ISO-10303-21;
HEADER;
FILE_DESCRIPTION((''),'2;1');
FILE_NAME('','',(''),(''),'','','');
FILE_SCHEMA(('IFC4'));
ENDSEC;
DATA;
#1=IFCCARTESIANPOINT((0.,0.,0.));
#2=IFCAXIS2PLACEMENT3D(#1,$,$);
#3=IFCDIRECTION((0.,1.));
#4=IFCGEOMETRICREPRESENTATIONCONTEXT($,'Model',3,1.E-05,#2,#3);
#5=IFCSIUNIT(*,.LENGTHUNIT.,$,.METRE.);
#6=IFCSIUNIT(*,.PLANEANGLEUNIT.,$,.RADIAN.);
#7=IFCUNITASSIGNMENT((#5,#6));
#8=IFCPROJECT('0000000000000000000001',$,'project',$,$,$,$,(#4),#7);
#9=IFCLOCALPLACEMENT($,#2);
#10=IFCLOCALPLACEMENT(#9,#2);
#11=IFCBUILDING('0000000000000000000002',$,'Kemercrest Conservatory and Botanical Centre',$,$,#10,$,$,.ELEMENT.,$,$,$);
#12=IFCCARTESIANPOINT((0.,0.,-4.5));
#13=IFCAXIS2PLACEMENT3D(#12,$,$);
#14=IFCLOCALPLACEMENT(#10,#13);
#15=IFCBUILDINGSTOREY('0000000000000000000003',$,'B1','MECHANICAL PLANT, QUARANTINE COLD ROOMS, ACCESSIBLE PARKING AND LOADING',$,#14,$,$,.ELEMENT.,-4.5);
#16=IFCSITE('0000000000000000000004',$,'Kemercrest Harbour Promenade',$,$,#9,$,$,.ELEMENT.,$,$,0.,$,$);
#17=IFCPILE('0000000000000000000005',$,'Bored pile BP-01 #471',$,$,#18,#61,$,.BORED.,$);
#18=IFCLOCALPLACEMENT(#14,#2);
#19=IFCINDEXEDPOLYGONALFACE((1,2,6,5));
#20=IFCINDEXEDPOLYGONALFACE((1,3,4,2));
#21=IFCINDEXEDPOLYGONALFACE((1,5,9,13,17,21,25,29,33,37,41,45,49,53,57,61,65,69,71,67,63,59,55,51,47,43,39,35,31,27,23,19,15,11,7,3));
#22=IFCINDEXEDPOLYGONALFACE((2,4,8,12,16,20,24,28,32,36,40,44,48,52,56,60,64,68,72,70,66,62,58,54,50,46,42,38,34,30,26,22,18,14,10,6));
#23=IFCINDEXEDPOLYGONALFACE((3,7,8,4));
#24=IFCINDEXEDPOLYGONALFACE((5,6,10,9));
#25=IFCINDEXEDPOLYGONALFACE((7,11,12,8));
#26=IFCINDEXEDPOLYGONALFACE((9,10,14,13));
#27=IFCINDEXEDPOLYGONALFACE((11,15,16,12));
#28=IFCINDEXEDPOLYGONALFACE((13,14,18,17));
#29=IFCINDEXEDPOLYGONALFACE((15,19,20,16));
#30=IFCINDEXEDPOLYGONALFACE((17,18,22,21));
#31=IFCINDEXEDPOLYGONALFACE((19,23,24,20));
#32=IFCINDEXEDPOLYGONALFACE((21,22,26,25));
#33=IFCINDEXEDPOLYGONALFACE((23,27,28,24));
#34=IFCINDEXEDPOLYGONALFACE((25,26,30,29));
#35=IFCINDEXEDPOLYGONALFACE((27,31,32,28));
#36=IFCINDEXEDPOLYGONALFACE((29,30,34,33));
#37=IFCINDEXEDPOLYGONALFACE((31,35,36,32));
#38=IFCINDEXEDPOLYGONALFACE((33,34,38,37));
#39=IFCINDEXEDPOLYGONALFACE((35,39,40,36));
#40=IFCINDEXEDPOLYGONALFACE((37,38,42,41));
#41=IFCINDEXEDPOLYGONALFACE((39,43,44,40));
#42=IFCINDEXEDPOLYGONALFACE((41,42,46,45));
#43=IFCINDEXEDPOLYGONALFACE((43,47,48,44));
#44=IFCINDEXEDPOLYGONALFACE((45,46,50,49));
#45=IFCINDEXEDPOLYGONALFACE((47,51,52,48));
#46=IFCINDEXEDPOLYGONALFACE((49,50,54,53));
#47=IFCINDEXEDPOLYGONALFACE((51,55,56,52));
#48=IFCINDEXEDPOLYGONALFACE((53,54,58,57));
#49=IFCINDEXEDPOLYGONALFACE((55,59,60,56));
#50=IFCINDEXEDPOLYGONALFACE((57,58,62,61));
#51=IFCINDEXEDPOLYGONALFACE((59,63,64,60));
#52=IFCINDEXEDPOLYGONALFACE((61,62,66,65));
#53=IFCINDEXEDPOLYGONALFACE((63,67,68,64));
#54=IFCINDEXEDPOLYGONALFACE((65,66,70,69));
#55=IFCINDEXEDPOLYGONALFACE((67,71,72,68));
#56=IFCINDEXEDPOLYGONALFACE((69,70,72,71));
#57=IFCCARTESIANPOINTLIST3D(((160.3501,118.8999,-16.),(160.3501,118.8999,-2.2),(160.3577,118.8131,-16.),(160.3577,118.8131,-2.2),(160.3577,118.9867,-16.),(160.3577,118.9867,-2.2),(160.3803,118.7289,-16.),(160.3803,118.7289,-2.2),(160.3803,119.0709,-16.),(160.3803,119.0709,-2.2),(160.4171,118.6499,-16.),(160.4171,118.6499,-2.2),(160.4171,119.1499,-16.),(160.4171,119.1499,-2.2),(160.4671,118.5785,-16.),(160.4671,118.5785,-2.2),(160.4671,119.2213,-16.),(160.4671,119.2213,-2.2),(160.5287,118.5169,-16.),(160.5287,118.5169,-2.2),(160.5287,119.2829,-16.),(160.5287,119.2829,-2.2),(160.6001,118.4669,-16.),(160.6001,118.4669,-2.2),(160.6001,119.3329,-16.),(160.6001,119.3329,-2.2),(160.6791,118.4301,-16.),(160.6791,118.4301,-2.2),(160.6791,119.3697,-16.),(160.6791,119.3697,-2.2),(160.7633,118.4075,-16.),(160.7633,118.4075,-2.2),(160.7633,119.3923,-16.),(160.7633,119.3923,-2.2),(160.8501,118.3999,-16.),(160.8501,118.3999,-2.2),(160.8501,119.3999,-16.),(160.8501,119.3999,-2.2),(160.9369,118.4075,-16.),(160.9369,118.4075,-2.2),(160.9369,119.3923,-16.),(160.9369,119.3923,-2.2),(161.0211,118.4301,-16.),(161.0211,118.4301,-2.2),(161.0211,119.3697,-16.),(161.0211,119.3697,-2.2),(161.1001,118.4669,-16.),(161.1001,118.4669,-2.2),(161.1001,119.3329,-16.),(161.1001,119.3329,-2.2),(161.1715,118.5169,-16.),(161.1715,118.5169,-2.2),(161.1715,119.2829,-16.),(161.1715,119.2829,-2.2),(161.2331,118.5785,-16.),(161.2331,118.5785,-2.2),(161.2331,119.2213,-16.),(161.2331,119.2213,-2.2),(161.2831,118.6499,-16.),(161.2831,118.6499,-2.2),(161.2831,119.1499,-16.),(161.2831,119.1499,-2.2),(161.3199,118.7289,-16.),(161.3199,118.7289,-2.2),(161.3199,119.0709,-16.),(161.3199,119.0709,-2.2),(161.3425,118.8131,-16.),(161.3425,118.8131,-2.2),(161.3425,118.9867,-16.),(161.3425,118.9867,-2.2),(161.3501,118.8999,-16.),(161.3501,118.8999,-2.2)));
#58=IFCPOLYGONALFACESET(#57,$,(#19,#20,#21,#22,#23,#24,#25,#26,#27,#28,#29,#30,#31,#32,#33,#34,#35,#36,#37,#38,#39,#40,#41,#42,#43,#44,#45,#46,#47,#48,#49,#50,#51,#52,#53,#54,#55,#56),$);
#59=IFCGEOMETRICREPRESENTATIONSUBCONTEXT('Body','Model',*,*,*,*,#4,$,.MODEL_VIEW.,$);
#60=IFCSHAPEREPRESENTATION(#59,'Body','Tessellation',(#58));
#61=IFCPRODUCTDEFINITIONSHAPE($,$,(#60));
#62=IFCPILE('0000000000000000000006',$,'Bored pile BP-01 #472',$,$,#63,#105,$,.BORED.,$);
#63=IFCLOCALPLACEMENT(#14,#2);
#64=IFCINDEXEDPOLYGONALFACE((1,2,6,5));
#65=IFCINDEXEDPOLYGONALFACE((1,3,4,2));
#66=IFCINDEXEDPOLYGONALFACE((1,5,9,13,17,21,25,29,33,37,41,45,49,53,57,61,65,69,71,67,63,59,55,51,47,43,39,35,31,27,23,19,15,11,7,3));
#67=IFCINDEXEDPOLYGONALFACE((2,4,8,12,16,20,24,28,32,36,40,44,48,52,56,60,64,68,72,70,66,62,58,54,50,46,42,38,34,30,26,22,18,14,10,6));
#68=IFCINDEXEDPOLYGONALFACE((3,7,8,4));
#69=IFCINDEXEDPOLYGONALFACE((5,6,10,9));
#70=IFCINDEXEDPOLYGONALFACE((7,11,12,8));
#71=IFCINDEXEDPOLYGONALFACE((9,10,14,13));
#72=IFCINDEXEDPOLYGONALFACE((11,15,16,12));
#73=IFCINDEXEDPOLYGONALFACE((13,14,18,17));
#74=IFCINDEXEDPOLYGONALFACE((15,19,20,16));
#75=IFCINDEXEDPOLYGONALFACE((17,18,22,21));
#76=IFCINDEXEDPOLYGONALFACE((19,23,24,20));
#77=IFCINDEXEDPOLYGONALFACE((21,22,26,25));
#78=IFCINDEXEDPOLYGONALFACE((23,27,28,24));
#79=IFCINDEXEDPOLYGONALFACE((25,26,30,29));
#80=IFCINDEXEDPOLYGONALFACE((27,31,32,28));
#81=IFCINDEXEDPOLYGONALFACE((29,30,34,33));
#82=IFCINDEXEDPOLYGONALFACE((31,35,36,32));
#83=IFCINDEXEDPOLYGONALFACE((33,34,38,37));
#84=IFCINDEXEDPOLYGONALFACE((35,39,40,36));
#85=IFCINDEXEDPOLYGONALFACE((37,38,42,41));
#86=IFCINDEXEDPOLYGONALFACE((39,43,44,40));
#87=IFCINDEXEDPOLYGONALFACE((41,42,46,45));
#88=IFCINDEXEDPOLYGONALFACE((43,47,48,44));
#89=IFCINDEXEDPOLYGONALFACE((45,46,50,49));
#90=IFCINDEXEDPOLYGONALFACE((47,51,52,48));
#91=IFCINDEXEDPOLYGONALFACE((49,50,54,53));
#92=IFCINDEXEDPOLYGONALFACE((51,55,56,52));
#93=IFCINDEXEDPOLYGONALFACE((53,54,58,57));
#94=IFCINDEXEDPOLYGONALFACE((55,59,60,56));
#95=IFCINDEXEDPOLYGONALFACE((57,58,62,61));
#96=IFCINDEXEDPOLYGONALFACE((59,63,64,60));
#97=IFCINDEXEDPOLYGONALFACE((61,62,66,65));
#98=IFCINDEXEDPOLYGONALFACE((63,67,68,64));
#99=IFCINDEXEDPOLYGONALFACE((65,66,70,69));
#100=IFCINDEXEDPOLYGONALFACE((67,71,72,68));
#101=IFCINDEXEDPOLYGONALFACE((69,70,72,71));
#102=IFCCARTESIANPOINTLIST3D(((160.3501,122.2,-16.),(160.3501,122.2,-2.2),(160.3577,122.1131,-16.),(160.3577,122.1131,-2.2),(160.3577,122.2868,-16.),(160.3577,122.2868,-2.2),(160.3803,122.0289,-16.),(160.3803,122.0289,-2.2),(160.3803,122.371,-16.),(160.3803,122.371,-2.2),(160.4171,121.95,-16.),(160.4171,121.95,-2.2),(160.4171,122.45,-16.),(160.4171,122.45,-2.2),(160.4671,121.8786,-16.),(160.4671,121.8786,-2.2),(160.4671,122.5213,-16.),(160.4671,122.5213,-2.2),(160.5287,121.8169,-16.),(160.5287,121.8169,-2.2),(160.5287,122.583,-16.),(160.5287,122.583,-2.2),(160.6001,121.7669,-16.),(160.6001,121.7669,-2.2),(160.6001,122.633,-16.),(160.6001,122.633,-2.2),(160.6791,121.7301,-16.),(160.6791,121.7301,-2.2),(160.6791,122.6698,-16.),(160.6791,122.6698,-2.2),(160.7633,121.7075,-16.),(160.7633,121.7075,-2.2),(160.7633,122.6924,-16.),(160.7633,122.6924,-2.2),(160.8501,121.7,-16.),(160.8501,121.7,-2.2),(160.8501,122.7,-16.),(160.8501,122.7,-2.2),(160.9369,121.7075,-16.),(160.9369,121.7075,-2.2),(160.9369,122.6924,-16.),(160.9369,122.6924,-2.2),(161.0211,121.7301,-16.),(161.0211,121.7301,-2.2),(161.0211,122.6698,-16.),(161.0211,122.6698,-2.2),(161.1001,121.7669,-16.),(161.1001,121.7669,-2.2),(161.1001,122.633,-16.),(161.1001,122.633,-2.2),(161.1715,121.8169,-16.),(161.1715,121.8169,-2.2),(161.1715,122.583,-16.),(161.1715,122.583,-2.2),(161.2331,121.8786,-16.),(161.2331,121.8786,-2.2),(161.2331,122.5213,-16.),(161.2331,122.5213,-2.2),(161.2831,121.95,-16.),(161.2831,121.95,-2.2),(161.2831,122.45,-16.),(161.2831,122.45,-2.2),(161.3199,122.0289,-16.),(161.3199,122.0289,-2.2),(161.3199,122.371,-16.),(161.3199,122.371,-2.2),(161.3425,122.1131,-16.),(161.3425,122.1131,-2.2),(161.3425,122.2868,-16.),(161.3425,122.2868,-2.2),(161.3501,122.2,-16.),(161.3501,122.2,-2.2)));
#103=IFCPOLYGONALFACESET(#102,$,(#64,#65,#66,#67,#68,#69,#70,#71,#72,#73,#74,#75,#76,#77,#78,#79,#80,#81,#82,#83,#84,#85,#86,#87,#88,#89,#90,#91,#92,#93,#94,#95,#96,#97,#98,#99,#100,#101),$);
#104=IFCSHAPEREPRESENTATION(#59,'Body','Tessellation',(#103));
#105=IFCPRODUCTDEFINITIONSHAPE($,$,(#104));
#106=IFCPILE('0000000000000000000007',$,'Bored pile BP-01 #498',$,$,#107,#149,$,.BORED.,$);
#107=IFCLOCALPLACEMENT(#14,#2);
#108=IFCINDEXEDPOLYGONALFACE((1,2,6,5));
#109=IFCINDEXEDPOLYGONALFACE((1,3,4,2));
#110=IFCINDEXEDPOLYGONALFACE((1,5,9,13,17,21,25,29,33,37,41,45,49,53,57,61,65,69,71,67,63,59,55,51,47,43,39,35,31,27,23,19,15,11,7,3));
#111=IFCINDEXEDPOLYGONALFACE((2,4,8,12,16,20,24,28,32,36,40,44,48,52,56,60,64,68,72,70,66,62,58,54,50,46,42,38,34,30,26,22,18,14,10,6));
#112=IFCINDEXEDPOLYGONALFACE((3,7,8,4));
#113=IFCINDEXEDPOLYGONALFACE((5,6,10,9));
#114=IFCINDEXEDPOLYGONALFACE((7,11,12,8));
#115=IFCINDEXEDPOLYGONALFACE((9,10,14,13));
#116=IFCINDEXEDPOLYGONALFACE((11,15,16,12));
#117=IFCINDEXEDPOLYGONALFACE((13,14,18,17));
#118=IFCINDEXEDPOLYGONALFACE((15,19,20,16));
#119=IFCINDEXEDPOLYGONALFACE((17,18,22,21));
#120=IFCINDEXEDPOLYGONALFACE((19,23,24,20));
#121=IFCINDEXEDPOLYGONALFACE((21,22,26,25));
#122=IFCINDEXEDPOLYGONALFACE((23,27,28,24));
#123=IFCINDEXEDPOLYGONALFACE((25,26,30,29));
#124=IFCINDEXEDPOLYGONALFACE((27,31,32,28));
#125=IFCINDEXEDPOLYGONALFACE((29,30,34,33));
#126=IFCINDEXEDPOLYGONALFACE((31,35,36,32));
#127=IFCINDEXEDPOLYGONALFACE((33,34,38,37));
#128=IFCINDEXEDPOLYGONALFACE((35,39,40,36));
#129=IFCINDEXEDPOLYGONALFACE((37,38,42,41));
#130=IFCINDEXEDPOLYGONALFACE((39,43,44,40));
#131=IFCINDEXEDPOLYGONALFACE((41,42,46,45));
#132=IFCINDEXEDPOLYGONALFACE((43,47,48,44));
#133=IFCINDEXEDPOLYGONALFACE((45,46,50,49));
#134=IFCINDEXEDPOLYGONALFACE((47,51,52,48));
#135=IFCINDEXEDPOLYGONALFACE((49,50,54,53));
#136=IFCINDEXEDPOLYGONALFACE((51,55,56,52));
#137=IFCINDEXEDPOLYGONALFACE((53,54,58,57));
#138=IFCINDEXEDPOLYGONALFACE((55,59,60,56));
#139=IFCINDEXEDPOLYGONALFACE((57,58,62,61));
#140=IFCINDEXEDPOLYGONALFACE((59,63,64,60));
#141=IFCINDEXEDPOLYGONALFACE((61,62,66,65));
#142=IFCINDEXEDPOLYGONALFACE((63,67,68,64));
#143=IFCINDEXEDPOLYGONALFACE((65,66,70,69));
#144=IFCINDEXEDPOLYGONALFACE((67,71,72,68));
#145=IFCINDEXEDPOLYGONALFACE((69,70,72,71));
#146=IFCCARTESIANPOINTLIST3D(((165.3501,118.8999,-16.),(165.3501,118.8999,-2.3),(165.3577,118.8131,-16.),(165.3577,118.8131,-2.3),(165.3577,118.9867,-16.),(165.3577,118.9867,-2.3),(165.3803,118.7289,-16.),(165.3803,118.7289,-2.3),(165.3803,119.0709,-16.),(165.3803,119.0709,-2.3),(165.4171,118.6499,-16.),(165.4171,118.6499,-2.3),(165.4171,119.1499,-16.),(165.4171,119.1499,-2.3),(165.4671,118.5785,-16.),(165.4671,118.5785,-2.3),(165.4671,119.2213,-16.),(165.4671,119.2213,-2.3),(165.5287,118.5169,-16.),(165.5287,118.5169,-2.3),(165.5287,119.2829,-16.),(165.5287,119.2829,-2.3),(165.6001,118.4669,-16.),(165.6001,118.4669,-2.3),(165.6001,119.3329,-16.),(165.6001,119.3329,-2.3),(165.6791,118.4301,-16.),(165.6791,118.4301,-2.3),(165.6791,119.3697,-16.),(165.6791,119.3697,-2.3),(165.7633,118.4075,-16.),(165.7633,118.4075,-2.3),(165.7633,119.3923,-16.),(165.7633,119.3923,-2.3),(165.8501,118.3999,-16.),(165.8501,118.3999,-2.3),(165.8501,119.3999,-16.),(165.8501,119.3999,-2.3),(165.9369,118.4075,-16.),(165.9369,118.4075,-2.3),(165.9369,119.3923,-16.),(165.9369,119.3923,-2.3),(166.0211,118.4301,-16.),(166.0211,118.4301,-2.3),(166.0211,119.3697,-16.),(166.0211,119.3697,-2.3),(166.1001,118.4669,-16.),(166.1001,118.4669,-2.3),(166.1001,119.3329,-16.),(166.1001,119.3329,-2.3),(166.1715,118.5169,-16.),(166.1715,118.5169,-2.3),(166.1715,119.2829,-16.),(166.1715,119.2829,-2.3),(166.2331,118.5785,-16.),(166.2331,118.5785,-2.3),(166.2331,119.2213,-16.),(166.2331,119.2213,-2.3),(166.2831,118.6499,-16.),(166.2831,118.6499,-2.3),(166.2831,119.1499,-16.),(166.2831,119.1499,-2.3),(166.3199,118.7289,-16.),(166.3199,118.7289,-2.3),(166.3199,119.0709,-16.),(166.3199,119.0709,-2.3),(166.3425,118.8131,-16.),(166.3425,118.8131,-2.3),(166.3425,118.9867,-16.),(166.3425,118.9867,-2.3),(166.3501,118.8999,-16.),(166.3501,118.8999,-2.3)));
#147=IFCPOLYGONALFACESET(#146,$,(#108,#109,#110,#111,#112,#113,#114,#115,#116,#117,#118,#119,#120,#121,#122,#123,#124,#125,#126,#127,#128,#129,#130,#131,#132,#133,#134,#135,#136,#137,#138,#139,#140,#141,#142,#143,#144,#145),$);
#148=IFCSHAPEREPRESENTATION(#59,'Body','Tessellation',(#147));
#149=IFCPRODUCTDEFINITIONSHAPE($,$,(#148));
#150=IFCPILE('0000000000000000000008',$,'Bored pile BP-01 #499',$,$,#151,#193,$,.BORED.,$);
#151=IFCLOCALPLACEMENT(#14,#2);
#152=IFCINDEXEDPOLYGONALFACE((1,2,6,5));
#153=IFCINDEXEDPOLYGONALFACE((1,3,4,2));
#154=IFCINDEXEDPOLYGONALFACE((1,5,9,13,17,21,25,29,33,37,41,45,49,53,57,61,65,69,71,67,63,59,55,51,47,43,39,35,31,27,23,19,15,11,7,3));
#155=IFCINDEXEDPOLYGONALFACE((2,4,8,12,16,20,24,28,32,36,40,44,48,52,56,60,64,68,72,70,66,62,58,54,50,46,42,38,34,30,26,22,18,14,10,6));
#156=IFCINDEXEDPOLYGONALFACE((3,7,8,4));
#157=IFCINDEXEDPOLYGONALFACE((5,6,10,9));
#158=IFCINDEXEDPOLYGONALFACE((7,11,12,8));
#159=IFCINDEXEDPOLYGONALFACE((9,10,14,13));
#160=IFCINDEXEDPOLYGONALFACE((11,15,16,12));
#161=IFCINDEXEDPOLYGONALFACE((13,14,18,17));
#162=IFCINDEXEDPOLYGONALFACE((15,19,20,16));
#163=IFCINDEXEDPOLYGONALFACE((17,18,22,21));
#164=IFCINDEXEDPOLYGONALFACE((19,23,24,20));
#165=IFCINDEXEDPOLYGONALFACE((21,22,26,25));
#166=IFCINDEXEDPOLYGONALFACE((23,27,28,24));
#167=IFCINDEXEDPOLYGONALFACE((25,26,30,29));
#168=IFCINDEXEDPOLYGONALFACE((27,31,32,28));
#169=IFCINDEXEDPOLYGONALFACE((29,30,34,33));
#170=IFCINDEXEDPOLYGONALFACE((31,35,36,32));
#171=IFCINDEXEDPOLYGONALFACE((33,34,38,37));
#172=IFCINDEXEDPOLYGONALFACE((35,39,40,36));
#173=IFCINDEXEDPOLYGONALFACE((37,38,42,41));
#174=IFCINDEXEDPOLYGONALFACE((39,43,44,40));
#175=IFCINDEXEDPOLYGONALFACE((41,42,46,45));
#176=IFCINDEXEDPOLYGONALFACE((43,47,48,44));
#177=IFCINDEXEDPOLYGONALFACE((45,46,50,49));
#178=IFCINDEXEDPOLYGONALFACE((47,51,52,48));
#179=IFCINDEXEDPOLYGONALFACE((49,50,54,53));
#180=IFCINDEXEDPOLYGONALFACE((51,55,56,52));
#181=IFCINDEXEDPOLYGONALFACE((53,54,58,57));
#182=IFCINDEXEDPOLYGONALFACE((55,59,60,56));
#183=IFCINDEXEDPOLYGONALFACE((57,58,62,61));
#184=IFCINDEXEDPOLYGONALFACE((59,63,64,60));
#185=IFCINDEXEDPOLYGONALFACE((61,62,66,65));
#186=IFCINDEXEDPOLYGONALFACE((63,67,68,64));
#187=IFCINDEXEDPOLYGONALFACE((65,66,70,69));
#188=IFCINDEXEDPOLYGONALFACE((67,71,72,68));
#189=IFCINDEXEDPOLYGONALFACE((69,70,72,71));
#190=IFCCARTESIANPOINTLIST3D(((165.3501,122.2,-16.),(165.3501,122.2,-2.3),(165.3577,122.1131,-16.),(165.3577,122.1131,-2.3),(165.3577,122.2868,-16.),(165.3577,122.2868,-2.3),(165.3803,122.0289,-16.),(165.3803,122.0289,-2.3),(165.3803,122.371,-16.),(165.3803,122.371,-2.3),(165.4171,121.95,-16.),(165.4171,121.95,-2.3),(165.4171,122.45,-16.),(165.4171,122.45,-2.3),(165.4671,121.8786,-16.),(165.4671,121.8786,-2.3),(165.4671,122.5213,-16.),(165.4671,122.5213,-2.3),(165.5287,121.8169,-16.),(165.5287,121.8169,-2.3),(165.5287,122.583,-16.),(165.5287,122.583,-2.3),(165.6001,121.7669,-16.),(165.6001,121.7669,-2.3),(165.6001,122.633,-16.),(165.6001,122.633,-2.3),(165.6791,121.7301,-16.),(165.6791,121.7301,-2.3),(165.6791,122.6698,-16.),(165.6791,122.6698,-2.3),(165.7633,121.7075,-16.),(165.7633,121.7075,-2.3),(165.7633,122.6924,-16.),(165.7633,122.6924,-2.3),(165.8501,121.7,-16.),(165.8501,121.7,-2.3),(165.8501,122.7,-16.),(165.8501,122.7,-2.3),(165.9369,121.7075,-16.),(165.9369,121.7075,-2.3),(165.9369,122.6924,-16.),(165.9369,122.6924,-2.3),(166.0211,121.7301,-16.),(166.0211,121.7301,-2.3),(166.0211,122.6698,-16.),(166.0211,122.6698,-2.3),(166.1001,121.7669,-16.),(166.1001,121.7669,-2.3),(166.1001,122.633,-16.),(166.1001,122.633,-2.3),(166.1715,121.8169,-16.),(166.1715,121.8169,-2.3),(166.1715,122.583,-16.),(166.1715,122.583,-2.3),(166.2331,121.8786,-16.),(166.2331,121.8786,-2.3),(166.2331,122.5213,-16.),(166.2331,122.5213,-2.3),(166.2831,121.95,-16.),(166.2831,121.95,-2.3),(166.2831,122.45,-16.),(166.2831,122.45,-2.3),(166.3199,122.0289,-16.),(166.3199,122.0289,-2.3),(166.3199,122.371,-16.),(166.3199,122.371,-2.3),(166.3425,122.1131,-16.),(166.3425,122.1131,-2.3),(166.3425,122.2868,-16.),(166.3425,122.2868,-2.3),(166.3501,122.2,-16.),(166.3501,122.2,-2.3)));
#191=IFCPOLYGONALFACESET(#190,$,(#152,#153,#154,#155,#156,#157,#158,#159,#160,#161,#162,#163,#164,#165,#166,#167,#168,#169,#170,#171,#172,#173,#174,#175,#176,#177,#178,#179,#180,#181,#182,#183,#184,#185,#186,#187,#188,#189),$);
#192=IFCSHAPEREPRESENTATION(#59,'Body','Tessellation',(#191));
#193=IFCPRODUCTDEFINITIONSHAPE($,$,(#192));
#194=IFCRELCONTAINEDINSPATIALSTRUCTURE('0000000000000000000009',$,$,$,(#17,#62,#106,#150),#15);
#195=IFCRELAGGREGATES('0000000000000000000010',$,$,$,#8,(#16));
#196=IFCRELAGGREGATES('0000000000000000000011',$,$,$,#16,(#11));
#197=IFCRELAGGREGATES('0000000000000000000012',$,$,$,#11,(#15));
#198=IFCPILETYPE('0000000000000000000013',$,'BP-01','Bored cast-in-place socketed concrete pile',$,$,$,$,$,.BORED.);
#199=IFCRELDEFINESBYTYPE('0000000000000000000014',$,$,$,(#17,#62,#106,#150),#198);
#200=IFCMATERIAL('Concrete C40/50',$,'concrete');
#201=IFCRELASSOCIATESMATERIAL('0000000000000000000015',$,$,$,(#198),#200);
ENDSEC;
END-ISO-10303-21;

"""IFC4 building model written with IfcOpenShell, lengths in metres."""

from ifc_helpers import new_model, si_unit, direction, frame, origin, origin_2d, place, context, subcontext, project, spatial, circle, extrude, material, material_profile, profile_set, type_object, element, save


model = new_model("IFC4")

# Units and contexts
model_context = context("Model", 3, precision=1e-05, world=origin(), true_north=direction((0.0, 1.0)))
body_context = subcontext(model_context, "Body", "Model", "MODEL_VIEW")
ifc_project = project(units=[si_unit("LENGTHUNIT", "METRE"), si_unit("PLANEANGLEUNIT", "RADIAN")], contexts=[model_context])

# Site, building, storey
site_placement = place(None, origin())
site = spatial("IfcSite", under=ifc_project, at=site_placement, Name="Kemercrest Harbour Promenade", CompositionType="ELEMENT", RefElevation=0.0)
building_placement = place(site_placement, origin())
building = spatial("IfcBuilding", under=site, at=building_placement, Name="Kemercrest Conservatory and Botanical Centre", CompositionType="ELEMENT")
storey_placement = place(building_placement, frame((0.0, 0.0, -4.5)))
storey = spatial("IfcBuildingStorey", under=building, at=storey_placement, Name="B1", Description="MECHANICAL PLANT, QUARANTINE COLD ROOMS, ACCESSIBLE PARKING AND LOADING", CompositionType="ELEMENT", Elevation=-4.5)

# Piles
ifc_material_1 = material(Name="Concrete C40/50", Category="concrete")
ifc_material_profile_1 = material_profile(ifc_material_1, circle(Radius=0.5, at=origin_2d()), Name="BORED PILE 1000")
ifc_profile_set_1 = profile_set([ifc_material_profile_1], Name="Concrete C40/50")
pile_type = type_object("IfcPileType", Name="BP-01", Description="Bored cast-in-place socketed concrete pile", PredefinedType="BORED", material=ifc_profile_set_1)
for number, where, z_axis, x_axis, name in (
    (1, (160.8501, 118.8999, -2.2), (0.0, 0.0, -1.0), (1.0, 0.0, 0.0), "Bored pile BP-01 #471"),
    (2, (160.8501, 122.2, -2.2), (0.0, 0.0, -1.0), (1.0, 0.0, 0.0), "Bored pile BP-01 #472"),
):
    element("IfcPile", number, at=place(storey_placement, frame(where, z_axis=z_axis, x_axis=x_axis)), inside=storey, type_object=pile_type, Name=name, PredefinedType="BORED", context=body_context, shape_type="SweptSolid", body=[
        extrude(circle(Radius=0.5, at=origin_2d()), origin(), (0.0, 0.0, 1.0), 13.8),
    ])
for number, where, z_axis, x_axis, name in (
    (3, (165.8501, 118.8999, -2.3), (0.0, 0.0, -1.0), (1.0, 0.0, 0.0), "Bored pile BP-01 #498"),
    (4, (165.8501, 122.2, -2.3), (0.0, 0.0, -1.0), (1.0, 0.0, 0.0), "Bored pile BP-01 #499"),
):
    element("IfcPile", number, at=place(storey_placement, frame(where, z_axis=z_axis, x_axis=x_axis)), inside=storey, type_object=pile_type, Name=name, PredefinedType="BORED", context=body_context, shape_type="SweptSolid", body=[
        extrude(circle(Radius=0.5, at=origin_2d()), origin(), (0.0, 0.0, 1.0), 13.7),
    ])

save(model, "model.ifc")
